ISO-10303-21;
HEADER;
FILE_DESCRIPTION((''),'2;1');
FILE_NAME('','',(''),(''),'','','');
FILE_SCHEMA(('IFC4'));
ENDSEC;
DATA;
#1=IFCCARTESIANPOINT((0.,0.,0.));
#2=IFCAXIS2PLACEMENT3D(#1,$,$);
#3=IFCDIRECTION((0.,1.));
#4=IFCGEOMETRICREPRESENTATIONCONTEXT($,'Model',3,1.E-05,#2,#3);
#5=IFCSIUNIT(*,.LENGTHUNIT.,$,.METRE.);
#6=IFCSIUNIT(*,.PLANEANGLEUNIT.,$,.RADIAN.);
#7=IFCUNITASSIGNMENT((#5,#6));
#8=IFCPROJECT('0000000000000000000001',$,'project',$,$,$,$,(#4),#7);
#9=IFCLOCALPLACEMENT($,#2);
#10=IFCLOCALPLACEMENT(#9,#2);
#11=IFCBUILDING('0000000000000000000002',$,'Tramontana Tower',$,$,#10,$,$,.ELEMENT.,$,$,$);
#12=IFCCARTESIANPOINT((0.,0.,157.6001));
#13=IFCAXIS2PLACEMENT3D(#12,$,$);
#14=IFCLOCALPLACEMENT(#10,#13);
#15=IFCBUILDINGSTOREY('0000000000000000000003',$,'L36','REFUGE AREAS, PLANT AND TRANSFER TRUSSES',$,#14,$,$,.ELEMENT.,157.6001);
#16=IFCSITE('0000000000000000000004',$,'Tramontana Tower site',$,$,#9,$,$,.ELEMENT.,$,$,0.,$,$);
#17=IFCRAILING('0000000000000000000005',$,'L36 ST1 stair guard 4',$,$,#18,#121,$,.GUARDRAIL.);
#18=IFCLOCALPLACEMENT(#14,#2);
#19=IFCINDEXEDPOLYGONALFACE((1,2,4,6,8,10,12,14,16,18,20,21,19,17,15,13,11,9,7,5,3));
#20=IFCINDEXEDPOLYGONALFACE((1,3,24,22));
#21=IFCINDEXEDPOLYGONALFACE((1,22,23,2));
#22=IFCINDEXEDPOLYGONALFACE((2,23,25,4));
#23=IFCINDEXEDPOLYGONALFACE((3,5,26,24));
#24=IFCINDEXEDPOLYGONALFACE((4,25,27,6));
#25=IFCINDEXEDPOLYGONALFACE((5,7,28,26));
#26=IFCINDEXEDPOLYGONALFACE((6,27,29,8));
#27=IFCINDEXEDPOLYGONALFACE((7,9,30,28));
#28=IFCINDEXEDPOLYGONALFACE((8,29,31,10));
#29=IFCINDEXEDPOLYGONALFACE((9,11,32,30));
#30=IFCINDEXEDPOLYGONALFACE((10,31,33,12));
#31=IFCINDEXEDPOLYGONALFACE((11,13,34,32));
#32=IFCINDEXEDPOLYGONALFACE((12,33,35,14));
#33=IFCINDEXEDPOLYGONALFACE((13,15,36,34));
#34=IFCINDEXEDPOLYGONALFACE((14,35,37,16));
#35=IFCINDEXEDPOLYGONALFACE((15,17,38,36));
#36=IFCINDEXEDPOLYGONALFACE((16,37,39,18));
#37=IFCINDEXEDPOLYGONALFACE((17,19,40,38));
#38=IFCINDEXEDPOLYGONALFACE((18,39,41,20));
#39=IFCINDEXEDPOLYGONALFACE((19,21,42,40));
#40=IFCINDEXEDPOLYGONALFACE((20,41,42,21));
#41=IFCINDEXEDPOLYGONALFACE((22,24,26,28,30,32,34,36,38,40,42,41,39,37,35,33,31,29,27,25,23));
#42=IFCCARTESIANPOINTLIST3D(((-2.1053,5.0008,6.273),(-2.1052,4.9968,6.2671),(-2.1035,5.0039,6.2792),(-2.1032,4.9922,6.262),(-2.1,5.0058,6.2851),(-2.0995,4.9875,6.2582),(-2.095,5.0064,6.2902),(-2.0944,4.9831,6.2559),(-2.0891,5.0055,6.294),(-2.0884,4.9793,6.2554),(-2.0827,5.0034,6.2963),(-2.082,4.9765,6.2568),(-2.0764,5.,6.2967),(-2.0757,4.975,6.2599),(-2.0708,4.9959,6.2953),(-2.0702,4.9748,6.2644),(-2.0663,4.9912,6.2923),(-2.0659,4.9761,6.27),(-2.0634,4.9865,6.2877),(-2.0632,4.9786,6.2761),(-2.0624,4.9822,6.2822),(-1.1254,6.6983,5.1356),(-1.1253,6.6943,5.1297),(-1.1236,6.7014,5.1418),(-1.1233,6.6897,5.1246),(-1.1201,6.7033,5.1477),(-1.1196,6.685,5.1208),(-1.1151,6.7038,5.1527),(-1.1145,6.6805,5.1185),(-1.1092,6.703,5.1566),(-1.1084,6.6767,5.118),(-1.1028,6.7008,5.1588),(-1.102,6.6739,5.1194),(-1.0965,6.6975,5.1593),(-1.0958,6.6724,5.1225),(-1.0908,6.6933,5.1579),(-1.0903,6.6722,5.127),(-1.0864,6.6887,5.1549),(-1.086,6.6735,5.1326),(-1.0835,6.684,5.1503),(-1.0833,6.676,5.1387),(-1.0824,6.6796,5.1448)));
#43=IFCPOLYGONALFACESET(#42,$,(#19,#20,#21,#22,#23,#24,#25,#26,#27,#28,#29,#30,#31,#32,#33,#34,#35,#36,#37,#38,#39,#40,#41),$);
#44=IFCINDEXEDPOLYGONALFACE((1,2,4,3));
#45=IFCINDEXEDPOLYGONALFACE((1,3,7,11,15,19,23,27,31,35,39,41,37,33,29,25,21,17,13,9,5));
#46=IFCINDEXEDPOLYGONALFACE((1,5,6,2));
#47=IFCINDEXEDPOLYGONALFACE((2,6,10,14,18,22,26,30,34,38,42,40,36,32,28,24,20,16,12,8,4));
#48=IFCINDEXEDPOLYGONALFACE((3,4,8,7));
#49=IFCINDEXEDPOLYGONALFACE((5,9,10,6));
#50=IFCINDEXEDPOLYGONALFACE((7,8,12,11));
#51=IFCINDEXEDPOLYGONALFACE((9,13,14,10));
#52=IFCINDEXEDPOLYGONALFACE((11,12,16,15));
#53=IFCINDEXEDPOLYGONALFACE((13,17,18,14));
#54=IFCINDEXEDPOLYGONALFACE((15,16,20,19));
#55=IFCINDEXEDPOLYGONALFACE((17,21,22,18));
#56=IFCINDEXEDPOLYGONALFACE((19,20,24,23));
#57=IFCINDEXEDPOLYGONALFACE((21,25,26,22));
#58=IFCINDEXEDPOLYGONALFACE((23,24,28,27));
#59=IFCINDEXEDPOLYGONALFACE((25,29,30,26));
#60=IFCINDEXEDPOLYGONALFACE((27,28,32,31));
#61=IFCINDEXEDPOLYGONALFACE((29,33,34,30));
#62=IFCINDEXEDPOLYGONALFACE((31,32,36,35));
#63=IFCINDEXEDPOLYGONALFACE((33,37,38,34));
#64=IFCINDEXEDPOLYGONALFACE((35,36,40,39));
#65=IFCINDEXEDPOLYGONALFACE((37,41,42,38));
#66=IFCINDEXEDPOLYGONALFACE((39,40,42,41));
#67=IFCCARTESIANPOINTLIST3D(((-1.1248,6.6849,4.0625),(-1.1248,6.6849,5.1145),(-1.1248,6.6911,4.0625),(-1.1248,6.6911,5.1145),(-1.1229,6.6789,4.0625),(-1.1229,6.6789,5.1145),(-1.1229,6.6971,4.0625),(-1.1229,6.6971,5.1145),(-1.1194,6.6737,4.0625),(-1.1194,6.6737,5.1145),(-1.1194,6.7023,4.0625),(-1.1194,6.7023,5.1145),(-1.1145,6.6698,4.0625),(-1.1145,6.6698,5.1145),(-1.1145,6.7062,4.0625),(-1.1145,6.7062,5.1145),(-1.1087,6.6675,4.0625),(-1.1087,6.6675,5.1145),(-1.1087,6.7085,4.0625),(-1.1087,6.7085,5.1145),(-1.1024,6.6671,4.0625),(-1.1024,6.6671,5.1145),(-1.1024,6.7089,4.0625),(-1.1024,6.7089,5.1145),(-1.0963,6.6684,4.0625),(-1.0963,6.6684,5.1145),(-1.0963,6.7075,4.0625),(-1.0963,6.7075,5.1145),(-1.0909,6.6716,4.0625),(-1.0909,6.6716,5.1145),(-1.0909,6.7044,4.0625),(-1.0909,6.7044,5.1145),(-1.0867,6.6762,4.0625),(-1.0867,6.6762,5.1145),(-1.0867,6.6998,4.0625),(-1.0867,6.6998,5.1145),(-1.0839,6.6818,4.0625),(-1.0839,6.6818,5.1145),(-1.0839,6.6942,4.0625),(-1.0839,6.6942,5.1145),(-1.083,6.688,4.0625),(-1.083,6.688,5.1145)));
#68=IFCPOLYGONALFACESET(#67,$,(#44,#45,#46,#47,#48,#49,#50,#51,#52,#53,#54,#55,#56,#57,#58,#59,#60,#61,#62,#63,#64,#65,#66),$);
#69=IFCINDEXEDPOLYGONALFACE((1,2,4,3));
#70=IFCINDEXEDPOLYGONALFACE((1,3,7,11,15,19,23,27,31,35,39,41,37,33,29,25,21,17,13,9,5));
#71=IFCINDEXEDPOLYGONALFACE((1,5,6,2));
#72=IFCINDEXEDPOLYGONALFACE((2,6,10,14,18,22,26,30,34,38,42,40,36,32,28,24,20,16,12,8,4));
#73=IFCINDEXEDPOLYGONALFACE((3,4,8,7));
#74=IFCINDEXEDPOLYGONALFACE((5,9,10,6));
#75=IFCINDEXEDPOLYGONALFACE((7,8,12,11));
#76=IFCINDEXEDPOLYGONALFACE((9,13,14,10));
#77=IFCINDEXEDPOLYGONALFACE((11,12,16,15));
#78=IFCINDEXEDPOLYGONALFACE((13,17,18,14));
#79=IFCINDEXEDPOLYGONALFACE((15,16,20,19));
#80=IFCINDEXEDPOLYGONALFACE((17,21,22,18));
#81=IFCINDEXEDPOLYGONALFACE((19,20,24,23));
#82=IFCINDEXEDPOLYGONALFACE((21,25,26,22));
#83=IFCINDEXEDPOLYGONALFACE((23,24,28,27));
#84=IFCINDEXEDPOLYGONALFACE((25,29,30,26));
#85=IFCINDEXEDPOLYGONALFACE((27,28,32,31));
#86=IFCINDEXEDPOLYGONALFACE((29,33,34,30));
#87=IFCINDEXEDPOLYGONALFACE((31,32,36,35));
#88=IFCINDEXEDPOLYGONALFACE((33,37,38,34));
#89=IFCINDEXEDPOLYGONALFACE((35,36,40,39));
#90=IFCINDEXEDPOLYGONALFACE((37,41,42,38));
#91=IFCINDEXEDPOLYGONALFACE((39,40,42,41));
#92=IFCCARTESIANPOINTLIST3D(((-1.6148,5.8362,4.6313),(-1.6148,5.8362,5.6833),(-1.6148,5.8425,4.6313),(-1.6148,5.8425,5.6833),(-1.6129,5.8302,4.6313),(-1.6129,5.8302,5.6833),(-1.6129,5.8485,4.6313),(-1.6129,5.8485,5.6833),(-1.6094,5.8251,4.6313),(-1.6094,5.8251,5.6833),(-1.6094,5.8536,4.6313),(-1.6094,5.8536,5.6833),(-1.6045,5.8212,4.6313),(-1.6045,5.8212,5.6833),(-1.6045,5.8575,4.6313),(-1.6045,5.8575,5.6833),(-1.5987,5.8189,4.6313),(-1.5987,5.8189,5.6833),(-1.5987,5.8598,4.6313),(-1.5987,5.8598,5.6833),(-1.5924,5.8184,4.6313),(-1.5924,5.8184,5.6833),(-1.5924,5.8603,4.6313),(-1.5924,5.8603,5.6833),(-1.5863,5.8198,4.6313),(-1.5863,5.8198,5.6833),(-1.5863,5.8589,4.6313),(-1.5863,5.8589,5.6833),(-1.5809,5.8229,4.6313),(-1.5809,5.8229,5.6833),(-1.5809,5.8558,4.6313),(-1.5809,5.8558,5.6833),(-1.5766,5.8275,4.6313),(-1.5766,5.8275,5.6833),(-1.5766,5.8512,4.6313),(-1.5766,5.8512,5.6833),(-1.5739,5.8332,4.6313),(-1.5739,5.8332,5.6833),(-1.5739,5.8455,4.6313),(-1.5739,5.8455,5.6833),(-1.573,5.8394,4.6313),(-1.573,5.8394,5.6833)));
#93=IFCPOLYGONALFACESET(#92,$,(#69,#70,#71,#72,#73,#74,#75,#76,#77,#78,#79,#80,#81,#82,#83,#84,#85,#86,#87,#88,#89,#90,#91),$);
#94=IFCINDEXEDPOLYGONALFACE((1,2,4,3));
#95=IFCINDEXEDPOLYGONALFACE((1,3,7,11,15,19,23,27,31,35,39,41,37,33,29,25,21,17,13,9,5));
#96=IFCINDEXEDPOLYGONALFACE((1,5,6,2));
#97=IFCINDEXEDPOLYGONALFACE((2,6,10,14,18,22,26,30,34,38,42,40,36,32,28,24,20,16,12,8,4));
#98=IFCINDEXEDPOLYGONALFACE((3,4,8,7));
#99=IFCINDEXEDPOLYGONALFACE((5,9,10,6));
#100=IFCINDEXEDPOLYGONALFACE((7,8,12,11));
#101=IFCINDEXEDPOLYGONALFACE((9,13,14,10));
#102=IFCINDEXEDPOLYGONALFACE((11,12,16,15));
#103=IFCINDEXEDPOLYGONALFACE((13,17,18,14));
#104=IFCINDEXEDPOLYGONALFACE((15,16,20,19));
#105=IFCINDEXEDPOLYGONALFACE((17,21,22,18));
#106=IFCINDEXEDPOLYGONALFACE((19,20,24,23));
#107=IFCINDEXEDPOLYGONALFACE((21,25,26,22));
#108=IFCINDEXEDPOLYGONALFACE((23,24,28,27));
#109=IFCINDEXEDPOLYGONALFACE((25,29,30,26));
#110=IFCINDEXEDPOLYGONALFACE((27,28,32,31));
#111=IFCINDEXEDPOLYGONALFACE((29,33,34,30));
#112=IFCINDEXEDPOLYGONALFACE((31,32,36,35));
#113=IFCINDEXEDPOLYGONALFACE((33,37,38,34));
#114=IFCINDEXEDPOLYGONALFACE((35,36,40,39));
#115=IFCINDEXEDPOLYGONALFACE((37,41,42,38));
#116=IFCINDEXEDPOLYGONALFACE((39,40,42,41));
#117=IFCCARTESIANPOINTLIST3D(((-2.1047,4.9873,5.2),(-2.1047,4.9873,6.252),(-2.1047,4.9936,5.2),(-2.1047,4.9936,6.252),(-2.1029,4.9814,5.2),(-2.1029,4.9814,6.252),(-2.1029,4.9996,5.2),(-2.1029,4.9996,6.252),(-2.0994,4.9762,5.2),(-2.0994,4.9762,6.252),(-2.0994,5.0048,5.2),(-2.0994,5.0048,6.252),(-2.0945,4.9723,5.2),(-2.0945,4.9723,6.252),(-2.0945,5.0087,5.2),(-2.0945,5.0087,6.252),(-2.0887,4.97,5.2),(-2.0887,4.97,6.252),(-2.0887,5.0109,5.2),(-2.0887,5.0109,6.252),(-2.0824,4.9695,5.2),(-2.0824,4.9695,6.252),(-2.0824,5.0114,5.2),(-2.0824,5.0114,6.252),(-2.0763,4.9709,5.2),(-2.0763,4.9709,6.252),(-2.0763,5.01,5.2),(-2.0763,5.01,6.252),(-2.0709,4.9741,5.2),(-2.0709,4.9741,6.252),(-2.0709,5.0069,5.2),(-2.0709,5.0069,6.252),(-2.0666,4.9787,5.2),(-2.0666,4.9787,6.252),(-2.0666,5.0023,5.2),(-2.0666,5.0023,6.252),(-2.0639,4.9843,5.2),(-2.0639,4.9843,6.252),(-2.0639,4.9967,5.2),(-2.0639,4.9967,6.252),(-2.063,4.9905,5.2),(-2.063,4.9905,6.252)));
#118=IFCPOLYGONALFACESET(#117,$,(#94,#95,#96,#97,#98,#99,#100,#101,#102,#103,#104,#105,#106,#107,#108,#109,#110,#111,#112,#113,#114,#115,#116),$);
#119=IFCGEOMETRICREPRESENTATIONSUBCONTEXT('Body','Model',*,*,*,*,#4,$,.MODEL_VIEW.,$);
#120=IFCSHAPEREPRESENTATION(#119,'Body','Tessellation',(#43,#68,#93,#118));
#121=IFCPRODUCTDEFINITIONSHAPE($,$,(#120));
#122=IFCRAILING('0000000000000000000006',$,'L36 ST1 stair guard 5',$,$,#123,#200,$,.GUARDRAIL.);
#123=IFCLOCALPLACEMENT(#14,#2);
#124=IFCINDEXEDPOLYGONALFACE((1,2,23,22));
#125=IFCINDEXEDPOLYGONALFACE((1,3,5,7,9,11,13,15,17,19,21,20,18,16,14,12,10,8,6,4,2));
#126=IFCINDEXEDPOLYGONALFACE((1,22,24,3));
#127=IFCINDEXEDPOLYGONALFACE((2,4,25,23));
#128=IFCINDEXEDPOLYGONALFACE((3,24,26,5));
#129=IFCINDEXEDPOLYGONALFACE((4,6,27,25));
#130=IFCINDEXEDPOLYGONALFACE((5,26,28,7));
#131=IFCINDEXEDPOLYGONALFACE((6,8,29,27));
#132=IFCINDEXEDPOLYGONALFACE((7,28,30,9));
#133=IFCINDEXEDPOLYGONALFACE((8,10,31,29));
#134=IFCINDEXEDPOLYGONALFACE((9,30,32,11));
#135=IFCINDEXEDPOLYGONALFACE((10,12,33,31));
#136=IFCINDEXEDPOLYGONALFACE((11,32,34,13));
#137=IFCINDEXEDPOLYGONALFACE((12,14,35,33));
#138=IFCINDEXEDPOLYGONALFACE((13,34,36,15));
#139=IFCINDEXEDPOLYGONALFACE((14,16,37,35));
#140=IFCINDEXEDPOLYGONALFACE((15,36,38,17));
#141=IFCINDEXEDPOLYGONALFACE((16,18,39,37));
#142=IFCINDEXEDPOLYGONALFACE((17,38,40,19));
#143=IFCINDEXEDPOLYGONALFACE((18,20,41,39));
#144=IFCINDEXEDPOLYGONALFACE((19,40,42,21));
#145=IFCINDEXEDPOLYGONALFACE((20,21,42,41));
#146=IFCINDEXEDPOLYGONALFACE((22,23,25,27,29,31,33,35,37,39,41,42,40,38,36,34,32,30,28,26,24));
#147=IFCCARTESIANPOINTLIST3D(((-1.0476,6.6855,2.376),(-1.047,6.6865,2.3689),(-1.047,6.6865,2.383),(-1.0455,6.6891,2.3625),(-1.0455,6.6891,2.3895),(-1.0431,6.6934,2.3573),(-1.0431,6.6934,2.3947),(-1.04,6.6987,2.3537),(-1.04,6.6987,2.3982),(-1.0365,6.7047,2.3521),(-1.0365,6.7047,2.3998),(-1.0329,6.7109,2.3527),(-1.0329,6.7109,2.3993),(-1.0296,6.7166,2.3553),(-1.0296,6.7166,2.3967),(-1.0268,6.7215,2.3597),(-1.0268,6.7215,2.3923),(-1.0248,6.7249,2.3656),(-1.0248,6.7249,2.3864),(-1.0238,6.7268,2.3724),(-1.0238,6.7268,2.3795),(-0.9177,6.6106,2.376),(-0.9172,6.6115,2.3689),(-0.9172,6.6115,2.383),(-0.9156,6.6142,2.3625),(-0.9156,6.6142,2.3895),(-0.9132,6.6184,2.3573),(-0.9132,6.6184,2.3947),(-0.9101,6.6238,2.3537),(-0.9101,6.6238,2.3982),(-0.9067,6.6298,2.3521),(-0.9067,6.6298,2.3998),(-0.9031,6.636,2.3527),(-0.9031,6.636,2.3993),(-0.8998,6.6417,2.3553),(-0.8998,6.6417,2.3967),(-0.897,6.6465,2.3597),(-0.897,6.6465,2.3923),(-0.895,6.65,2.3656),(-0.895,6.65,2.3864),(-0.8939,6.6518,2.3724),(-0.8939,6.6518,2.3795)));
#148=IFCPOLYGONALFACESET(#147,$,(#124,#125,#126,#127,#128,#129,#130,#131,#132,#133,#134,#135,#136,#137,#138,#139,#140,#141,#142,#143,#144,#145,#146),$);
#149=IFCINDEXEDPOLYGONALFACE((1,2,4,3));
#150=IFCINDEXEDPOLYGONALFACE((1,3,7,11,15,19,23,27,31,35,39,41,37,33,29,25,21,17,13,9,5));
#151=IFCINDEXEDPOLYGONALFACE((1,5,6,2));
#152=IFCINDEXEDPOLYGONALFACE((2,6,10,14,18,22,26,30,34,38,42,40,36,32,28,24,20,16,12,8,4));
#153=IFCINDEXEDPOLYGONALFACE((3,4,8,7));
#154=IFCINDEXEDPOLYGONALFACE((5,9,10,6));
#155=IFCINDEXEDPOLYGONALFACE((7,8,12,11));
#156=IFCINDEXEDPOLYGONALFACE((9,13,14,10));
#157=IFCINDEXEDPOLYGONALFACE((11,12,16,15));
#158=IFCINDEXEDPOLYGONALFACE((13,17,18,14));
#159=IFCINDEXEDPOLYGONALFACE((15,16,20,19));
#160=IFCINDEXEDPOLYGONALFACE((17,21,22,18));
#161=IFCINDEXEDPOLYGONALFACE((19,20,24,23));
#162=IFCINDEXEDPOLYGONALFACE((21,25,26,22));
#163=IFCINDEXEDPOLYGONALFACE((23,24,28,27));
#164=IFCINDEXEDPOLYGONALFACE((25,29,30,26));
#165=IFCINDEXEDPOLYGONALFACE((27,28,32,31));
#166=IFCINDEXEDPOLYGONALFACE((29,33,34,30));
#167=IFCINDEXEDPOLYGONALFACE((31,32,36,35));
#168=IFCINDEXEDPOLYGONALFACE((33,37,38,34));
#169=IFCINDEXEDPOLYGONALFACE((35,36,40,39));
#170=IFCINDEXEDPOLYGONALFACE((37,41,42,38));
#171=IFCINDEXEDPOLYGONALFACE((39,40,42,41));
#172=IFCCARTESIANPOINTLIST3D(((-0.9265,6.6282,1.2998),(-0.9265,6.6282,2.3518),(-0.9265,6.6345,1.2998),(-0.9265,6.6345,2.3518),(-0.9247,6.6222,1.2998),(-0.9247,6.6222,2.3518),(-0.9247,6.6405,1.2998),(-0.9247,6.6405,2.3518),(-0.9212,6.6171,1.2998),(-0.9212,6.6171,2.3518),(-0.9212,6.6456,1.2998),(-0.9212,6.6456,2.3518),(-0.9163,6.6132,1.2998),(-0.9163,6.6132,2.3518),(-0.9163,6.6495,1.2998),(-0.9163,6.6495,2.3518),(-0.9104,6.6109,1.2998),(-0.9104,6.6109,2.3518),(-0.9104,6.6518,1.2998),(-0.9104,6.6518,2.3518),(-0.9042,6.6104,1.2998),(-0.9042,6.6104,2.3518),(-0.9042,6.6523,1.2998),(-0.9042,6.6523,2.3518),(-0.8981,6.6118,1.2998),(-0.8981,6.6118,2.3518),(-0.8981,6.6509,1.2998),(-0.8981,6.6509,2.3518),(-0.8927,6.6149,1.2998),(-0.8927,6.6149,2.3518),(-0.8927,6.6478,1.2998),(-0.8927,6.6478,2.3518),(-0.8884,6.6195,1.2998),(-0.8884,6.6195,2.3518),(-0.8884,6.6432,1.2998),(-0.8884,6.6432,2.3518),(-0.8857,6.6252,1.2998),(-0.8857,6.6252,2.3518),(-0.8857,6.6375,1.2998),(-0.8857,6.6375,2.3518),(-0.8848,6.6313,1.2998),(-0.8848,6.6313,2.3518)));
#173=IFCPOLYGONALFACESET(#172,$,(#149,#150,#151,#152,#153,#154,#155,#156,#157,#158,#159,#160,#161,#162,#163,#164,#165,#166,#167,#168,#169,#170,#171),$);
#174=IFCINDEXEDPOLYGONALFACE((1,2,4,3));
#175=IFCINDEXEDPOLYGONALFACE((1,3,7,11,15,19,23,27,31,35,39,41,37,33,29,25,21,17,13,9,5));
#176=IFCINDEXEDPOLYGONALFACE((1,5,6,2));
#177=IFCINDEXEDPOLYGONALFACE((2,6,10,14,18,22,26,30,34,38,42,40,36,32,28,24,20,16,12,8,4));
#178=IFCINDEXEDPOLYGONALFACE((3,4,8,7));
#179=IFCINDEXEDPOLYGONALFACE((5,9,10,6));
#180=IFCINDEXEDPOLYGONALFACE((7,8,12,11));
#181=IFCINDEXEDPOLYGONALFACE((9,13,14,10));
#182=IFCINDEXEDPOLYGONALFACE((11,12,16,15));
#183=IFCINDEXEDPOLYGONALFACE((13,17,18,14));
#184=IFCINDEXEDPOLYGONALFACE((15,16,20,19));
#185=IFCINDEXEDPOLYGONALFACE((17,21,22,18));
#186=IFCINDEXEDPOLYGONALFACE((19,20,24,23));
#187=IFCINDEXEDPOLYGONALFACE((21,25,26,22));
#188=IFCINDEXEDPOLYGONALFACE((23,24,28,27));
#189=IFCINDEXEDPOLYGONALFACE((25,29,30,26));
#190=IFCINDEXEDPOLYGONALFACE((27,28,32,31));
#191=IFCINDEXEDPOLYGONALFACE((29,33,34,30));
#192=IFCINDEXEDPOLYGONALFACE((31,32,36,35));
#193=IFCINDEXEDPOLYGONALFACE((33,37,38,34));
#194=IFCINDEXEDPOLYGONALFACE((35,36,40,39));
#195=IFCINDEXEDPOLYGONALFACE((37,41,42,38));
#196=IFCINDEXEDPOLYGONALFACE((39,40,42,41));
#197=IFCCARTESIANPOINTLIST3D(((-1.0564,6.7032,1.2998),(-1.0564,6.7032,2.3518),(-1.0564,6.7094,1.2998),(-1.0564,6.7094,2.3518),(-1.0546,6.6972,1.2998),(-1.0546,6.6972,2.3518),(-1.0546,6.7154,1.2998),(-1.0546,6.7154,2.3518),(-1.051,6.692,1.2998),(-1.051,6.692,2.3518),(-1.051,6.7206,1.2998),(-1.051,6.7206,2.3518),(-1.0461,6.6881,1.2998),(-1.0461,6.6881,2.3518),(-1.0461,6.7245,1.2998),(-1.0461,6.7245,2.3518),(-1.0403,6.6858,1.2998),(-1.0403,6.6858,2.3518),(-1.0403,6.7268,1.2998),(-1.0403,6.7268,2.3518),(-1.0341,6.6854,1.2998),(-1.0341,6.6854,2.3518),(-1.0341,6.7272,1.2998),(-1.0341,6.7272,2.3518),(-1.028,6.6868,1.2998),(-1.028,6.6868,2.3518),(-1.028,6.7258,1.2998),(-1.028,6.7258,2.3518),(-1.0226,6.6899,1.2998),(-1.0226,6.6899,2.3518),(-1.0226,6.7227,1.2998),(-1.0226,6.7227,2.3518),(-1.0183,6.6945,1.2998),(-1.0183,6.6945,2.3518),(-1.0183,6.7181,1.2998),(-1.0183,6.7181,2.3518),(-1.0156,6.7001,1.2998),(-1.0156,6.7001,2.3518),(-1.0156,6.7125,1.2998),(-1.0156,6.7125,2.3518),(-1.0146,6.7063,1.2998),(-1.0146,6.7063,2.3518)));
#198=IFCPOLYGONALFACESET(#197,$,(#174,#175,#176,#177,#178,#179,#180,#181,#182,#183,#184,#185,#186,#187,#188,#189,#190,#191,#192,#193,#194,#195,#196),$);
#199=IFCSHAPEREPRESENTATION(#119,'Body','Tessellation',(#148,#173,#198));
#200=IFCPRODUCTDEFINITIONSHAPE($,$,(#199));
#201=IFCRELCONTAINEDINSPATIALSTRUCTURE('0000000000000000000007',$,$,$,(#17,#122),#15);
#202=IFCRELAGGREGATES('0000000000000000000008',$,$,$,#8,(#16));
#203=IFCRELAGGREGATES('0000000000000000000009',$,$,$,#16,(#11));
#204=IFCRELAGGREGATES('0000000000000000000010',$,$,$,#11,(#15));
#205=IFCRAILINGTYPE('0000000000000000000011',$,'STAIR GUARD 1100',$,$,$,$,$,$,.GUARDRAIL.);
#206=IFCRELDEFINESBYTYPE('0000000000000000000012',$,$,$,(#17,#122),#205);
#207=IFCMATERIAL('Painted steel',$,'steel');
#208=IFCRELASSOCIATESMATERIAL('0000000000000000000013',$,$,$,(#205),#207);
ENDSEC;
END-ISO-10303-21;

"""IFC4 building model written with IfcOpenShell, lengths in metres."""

from ifc_helpers import new_model, si_unit, direction, frame, origin, origin_2d, place, context, subcontext, project, spatial, circle, extrude, material, type_object, element, save


model = new_model("IFC4")

# Units and contexts
model_context = context("Model", 3, precision=1e-05, world=origin(), true_north=direction((0.0, 1.0)))
body_context = subcontext(model_context, "Body", "Model", "MODEL_VIEW")
ifc_project = project(units=[si_unit("LENGTHUNIT", "METRE"), si_unit("PLANEANGLEUNIT", "RADIAN")], contexts=[model_context])

# Site, building, storey
site_placement = place(None, origin())
site = spatial("IfcSite", under=ifc_project, at=site_placement, Name="Tramontana Tower site", CompositionType="ELEMENT", RefElevation=0.0)
building_placement = place(site_placement, origin())
building = spatial("IfcBuilding", under=site, at=building_placement, Name="Tramontana Tower", CompositionType="ELEMENT")
storey_placement = place(building_placement, frame((0.0, 0.0, 157.6001)))
storey = spatial("IfcBuildingStorey", under=building, at=storey_placement, Name="L36", Description="REFUGE AREAS, PLANT AND TRANSFER TRUSSES", CompositionType="ELEMENT", Elevation=157.6001)

# Railings
ifc_material_1 = material(Name="Painted steel", Category="steel")
railing_type_1 = type_object("IfcRailingType", Name="STAIR GUARD 1100", PredefinedType="GUARDRAIL", material=ifc_material_1)
for number, where, name in (
    (1, (-1.104, 6.688, 4.0625), "L36 ST1 stair guard 4"),
):
    element("IfcRailing", number, at=place(storey_placement, frame(where)), inside=storey, type_object=railing_type_1, Name=name, PredefinedType="GUARDRAIL", context=body_context, shape_type="SweptSolid", body=[
        extrude(circle(Radius=0.0239, at=origin_2d()), frame((0.0, 0.0, 1.0762), z_axis=(-0.432432, -0.749053, 0.501918), x_axis=(0.866042, -0.49997, 0.0)), (0.0, 0.0, 1.0), 2.2661),
        extrude(circle(Radius=0.021, at=origin_2d()), origin(), (0.0, 0.0, 1.0), 1.052),
        extrude(circle(Radius=0.021, at=origin_2d()), frame((-0.49, -0.8486, 0.5688)), (0.0, 0.0, 1.0), 1.052),
        extrude(circle(Radius=0.021, at=origin_2d()), frame((-0.98, -1.6975, 1.1375)), (0.0, 0.0, 1.0), 1.052),
    ])
for number, where, name in (
    (2, (-0.9058, 6.6313, 1.2998), "L36 ST1 stair guard 5"),
):
    element("IfcRailing", number, at=place(storey_placement, frame(where)), inside=storey, type_object=railing_type_1, Name=name, PredefinedType="GUARDRAIL", context=body_context, shape_type="SweptSolid", body=[
        extrude(circle(Radius=0.0239, at=origin_2d()), frame((0.0, 0.0, 1.0762), z_axis=(-0.866131, 0.499816, 0.0), x_axis=(-0.499816, -0.866131, 0.0)), (0.0, 0.0, 1.0), 0.1499),
        extrude(circle(Radius=0.021, at=origin_2d()), origin(), (0.0, 0.0, 1.0), 1.052),
        extrude(circle(Radius=0.021, at=origin_2d()), frame((-0.1299, 0.075, 0.0)), (0.0, 0.0, 1.0), 1.052),
    ])

save(model, "model.ifc")
